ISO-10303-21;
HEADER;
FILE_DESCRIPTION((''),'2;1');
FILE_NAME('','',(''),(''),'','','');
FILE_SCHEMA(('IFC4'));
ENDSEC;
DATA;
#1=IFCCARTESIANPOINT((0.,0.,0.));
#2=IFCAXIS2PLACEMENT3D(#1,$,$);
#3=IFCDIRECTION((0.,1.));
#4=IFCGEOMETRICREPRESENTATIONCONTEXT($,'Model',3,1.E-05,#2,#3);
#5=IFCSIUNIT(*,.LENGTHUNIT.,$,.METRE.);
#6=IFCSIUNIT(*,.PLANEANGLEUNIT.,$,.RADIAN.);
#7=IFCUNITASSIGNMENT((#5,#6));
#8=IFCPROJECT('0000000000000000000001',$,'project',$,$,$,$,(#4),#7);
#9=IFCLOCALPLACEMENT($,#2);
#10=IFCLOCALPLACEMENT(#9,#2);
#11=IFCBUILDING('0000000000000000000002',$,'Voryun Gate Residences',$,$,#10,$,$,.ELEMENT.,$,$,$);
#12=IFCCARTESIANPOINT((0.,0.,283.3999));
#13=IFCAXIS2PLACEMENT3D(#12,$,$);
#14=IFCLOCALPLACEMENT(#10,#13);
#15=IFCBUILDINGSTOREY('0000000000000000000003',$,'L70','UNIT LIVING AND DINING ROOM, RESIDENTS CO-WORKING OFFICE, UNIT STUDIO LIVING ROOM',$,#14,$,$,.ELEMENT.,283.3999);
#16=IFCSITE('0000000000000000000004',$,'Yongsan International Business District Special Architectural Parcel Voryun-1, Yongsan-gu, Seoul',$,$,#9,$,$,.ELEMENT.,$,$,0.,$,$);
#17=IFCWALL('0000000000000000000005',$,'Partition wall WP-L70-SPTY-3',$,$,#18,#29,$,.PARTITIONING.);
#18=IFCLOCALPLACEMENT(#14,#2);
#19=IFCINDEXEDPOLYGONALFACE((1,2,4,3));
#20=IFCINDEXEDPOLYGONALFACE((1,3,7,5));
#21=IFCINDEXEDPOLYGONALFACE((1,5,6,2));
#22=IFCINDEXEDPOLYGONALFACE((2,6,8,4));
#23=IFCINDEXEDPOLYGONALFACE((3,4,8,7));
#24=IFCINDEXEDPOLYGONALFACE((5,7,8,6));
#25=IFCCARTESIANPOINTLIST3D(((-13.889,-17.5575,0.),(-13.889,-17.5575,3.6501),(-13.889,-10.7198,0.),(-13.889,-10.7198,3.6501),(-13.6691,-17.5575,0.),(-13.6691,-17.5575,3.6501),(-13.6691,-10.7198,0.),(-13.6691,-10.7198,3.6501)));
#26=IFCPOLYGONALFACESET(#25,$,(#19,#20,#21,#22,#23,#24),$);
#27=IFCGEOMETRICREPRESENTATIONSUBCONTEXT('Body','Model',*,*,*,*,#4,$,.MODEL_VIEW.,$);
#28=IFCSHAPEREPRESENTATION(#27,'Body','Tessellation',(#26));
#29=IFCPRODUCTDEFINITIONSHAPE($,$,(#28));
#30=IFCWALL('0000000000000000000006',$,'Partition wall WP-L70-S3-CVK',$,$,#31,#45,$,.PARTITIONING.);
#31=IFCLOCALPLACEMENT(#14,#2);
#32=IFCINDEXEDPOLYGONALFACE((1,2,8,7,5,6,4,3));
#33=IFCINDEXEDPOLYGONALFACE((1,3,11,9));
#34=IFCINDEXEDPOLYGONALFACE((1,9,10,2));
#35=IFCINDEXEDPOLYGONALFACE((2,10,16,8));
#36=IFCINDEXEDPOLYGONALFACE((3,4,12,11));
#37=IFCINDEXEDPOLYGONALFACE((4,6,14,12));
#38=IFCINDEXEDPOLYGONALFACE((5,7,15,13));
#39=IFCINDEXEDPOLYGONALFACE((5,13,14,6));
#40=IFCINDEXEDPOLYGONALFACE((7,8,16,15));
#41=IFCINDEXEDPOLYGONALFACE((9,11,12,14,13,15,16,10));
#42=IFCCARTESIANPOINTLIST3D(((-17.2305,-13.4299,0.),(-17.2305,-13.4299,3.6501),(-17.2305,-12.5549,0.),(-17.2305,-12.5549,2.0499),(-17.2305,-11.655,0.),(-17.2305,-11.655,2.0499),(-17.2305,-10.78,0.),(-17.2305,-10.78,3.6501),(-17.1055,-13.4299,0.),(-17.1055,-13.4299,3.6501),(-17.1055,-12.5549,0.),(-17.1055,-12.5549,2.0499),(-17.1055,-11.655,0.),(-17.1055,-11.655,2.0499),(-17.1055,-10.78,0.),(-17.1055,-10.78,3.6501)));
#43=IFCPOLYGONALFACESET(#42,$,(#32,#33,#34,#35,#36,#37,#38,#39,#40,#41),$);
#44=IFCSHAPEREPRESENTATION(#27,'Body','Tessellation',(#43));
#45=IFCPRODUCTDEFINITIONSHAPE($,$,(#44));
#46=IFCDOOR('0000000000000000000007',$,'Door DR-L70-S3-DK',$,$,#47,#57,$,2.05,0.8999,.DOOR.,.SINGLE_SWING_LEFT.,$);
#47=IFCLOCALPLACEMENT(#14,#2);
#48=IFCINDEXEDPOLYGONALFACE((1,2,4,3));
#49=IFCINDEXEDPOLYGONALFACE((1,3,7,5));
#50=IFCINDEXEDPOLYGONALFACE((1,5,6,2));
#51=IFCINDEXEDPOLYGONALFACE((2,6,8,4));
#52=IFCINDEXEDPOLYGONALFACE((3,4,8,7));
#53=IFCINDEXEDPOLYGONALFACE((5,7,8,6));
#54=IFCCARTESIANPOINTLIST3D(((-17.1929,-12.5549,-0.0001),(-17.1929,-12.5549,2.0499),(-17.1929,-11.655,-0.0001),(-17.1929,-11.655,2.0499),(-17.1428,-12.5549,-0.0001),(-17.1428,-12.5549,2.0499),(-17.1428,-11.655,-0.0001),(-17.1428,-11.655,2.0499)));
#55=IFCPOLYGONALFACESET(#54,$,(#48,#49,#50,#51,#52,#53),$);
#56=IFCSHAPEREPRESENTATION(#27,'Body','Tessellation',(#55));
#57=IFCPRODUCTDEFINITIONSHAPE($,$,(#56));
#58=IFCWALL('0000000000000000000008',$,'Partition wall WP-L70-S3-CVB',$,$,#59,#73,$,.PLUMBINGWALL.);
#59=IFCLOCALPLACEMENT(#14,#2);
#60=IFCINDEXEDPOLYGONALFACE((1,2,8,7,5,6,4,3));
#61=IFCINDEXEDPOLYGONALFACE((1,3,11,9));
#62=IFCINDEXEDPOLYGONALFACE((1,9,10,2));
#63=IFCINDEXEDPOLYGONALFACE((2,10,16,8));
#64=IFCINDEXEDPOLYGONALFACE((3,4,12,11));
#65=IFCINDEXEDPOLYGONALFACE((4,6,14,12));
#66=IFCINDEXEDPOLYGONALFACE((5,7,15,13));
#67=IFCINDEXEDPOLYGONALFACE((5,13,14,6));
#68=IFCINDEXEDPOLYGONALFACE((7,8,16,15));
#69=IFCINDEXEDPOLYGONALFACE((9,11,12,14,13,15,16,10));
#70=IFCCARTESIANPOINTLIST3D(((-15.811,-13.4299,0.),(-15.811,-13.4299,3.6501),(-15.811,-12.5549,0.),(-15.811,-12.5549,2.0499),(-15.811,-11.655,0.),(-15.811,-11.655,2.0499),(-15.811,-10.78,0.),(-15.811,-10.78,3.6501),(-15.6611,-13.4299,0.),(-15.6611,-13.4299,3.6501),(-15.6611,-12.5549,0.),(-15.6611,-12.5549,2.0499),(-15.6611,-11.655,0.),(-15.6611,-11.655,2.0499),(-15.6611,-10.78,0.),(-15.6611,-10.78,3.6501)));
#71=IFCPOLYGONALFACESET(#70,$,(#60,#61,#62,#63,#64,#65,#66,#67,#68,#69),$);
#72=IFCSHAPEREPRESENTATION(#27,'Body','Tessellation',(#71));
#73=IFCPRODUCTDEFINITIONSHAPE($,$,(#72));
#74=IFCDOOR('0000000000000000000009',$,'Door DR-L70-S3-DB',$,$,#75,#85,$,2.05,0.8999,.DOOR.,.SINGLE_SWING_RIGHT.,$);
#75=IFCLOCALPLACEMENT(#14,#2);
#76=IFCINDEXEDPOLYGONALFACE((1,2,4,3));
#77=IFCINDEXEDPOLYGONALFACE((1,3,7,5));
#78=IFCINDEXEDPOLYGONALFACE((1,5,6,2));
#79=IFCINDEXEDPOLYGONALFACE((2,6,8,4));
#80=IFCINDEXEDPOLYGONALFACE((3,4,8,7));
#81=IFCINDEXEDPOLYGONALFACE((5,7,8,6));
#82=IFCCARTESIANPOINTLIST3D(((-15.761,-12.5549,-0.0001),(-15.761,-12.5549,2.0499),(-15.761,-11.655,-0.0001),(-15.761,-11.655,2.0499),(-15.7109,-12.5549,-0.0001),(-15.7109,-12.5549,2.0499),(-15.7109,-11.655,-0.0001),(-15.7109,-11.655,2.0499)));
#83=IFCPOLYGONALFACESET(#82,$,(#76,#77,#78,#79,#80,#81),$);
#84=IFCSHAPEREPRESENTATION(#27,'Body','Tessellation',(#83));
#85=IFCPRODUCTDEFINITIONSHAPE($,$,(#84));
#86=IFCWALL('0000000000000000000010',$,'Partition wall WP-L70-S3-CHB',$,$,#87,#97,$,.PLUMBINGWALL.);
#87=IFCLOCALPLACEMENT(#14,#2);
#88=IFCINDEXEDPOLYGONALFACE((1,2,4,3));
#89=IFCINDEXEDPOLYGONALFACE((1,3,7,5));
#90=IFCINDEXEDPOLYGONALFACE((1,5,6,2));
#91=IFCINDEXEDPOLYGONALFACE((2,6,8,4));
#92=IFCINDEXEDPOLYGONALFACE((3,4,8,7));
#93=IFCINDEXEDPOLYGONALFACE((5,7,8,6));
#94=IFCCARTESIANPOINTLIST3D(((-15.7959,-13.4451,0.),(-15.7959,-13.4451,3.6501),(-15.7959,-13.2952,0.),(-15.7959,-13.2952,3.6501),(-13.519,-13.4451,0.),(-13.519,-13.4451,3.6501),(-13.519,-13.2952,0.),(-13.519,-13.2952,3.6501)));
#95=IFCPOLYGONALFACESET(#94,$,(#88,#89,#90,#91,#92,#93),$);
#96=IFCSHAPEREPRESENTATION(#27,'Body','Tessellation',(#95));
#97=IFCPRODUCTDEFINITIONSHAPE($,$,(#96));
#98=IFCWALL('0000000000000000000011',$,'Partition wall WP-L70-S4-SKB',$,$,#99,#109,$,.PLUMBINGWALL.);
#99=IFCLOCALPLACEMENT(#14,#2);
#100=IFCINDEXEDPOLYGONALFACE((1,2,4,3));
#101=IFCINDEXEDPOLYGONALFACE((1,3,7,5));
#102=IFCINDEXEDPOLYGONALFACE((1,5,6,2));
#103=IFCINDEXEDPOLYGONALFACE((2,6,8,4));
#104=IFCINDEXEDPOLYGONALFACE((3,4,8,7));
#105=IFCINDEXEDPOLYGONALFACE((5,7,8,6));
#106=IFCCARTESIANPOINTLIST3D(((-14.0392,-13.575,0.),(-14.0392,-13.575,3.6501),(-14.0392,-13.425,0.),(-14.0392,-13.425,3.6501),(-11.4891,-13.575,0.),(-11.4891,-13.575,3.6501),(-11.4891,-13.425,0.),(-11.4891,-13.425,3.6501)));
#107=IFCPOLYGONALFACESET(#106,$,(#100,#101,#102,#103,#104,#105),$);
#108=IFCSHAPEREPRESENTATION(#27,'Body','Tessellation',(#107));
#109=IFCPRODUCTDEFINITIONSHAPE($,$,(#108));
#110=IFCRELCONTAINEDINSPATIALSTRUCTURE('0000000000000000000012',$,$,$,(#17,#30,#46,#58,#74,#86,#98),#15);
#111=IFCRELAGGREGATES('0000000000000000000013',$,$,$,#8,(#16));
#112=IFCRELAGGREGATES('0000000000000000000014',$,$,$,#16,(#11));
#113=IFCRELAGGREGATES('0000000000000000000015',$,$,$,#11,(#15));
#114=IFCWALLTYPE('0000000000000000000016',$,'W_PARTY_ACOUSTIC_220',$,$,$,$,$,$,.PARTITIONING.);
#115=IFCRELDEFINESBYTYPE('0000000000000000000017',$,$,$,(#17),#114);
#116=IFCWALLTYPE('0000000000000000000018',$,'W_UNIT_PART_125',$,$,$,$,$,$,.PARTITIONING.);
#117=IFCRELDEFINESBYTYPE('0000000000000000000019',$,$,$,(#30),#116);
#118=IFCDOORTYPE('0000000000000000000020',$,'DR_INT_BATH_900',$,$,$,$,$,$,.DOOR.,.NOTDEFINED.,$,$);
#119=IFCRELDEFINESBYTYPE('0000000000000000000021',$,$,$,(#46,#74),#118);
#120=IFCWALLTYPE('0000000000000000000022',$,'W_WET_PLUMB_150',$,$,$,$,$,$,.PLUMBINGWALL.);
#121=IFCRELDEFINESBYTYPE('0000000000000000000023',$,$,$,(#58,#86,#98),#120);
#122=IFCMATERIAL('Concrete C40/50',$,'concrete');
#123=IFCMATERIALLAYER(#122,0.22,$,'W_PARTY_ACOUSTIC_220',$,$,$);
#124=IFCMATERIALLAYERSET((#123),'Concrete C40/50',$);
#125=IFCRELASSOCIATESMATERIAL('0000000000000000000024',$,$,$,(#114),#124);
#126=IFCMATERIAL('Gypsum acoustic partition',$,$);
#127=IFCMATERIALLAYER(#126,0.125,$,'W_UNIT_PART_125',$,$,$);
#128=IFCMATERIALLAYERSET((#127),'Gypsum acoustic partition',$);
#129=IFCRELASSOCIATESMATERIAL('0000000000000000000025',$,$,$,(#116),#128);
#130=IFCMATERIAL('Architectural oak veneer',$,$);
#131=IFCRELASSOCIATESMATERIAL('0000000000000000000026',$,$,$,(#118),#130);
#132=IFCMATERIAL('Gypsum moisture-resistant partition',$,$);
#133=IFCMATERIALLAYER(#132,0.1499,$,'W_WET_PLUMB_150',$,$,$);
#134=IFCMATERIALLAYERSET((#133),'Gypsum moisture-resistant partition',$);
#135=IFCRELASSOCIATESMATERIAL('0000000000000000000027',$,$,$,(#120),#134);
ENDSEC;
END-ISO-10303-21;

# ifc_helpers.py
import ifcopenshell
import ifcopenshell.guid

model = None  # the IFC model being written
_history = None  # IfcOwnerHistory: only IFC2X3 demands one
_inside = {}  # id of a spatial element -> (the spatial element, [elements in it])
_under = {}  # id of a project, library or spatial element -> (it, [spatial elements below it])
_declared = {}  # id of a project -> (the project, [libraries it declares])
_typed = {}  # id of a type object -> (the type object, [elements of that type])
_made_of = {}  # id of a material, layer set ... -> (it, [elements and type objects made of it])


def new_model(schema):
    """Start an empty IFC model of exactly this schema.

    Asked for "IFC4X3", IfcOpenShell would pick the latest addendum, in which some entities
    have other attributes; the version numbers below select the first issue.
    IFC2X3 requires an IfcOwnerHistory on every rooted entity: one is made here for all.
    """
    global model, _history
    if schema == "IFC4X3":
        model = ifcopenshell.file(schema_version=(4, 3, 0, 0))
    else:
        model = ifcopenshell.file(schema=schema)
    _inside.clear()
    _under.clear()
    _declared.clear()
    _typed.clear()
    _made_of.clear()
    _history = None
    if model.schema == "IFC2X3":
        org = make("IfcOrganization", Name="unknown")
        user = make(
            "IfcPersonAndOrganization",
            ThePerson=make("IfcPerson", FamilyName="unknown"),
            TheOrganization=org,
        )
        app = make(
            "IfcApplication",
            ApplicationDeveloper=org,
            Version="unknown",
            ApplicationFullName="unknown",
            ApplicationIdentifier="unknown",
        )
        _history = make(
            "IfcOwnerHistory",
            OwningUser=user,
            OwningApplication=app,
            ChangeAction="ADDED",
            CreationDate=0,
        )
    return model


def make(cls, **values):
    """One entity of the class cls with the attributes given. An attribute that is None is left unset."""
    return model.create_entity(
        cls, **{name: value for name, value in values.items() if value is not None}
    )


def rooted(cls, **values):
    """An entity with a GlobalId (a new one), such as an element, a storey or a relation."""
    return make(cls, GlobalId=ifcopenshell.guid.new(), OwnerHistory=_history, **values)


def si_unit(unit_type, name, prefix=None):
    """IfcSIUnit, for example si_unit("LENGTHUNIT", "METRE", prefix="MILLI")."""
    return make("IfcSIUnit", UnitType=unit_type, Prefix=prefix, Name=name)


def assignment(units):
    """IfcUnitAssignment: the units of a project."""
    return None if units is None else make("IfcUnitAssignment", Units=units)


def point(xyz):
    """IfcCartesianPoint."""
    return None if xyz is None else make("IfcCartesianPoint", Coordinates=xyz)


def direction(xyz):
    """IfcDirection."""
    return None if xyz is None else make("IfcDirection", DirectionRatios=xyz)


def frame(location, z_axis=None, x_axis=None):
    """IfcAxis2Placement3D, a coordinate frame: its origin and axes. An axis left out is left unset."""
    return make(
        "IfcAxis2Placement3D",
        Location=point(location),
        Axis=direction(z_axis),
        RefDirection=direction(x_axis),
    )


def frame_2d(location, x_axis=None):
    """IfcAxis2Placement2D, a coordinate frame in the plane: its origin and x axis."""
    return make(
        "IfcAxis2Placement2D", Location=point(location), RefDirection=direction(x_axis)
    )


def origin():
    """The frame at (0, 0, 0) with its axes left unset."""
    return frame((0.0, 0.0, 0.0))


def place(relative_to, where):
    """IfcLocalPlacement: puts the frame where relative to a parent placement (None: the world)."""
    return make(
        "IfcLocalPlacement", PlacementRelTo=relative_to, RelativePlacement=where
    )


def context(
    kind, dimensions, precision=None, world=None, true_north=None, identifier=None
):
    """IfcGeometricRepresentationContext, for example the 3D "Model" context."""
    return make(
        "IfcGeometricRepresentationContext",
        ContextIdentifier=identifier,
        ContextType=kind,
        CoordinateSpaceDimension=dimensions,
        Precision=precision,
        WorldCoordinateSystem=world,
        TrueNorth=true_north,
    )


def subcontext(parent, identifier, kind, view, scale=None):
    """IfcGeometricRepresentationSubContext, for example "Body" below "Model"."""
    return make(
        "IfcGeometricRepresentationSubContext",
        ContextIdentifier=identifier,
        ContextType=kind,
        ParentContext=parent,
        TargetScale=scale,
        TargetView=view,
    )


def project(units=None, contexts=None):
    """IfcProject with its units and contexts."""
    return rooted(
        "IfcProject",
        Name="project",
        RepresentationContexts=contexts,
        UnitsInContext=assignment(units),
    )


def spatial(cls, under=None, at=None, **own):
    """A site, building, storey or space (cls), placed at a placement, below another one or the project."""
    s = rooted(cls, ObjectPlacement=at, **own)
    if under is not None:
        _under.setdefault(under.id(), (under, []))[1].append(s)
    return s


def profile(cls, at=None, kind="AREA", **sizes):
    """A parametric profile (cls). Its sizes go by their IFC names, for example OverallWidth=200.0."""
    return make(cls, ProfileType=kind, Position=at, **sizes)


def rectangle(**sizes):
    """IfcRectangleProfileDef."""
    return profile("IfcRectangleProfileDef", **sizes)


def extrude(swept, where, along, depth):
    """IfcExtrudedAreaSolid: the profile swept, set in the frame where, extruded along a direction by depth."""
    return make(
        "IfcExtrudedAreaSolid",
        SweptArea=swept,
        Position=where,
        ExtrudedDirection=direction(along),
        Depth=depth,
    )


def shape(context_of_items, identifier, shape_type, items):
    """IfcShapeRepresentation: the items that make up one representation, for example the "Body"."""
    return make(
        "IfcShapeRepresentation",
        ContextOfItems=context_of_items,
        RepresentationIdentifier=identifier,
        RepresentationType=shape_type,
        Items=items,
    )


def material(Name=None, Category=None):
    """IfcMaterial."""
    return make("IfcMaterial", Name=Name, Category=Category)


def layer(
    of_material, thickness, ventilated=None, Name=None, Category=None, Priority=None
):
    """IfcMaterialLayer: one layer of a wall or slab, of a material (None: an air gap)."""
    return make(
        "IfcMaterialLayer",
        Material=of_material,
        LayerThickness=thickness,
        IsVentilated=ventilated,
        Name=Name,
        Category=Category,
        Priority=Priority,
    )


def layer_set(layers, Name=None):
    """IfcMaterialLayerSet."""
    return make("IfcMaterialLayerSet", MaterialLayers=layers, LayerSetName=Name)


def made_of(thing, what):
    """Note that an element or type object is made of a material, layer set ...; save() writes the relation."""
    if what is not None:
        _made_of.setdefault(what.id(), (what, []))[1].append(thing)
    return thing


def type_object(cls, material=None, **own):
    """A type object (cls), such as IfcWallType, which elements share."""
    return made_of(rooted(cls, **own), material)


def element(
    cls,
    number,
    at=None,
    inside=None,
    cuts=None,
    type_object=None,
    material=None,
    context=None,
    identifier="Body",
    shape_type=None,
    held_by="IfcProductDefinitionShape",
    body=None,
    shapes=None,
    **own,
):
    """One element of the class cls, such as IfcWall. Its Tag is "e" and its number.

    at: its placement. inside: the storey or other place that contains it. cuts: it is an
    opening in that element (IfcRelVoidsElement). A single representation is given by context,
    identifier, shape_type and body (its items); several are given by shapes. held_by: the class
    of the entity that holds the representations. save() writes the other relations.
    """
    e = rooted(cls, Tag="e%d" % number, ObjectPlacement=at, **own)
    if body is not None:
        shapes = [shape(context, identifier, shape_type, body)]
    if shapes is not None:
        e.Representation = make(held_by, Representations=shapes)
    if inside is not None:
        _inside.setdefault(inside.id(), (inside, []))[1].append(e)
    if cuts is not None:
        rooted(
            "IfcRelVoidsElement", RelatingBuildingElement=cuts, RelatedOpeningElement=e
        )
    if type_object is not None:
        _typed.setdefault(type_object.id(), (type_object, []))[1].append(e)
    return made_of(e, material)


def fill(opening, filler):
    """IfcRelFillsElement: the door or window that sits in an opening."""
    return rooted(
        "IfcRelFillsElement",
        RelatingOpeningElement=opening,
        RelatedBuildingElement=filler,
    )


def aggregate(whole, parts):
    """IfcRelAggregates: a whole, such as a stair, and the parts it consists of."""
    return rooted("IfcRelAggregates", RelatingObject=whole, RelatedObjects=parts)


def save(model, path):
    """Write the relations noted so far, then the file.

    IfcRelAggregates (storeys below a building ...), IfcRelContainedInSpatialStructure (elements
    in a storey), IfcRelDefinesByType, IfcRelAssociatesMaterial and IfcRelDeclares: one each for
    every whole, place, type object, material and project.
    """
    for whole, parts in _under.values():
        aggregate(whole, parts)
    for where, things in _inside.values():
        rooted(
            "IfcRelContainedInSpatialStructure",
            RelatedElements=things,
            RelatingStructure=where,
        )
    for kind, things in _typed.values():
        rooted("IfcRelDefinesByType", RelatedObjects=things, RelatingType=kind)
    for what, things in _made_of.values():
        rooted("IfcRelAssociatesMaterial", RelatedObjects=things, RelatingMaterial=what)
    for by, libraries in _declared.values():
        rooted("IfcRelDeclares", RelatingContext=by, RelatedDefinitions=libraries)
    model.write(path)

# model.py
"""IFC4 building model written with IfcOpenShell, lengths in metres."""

from ifc_helpers import new_model, si_unit, direction, frame, frame_2d, origin, place, context, subcontext, project, spatial, rectangle, extrude, material, layer, layer_set, type_object, element, fill, save


model = new_model("IFC4")

# Units and contexts
model_context = context("Model", 3, precision=1e-05, world=origin(), true_north=direction((0.0, 1.0)))
body_context = subcontext(model_context, "Body", "Model", "MODEL_VIEW")
ifc_project = project(units=[si_unit("LENGTHUNIT", "METRE"), si_unit("PLANEANGLEUNIT", "RADIAN")], contexts=[model_context])

# Site, building, storey
site_placement = place(None, origin())
site = spatial("IfcSite", under=ifc_project, at=site_placement, Name="Yongsan International Business District Special Architectural Parcel Voryun-1, Yongsan-gu, Seoul", CompositionType="ELEMENT", RefElevation=0.0)
building_placement = place(site_placement, origin())
building = spatial("IfcBuilding", under=site, at=building_placement, Name="Voryun Gate Residences", CompositionType="ELEMENT")
storey_placement = place(building_placement, frame((0.0, 0.0, 283.3999)))
storey = spatial("IfcBuildingStorey", under=building, at=storey_placement, Name="L70", Description="UNIT LIVING AND DINING ROOM, RESIDENTS CO-WORKING OFFICE, UNIT STUDIO LIVING ROOM", CompositionType="ELEMENT", Elevation=283.3999)

# Wall
ifc_material_1 = material(Name="Concrete C40/50", Category="concrete")
ifc_layer_1 = layer(ifc_material_1, 0.22, Name="W_PARTY_ACOUSTIC_220")
ifc_layer_set_1 = layer_set([ifc_layer_1], Name="Concrete C40/50")
wall_type_1 = type_object("IfcWallType", Name="W_PARTY_ACOUSTIC_220", PredefinedType="PARTITIONING", material=ifc_layer_set_1)
wall_1_placement = place(storey_placement, frame((-13.7791, -17.5576, 0.0), z_axis=(0.0, 0.0, 1.0), x_axis=(0.0, 1.0, 0.0)))
element("IfcWall", 1, at=wall_1_placement, inside=storey, type_object=wall_type_1, Name="Partition wall WP-L70-SPTY-3", PredefinedType="PARTITIONING", context=body_context, shape_type="SweptSolid", body=[
    extrude(rectangle(XDim=6.8376, YDim=0.22, at=frame_2d((3.4189, 0.0))), origin(), (0.0, 0.0, 1.0), 3.6501),
])

# Walls, openings, doors
ifc_material_2 = material(Name="Gypsum acoustic partition")
ifc_layer_2 = layer(ifc_material_2, 0.125, Name="W_UNIT_PART_125")
ifc_layer_set_2 = layer_set([ifc_layer_2], Name="Gypsum acoustic partition")
wall_type_2 = type_object("IfcWallType", Name="W_UNIT_PART_125", PredefinedType="PARTITIONING", material=ifc_layer_set_2)
wall_2_placement = place(storey_placement, frame((-17.168, -13.4299, 0.0), z_axis=(0.0, 0.0, 1.0), x_axis=(0.0, 1.0, 0.0)))
wall_2 = element("IfcWall", 2, at=wall_2_placement, inside=storey, type_object=wall_type_2, Name="Partition wall WP-L70-S3-CVK", PredefinedType="PARTITIONING", context=body_context, shape_type="SweptSolid", body=[
    extrude(rectangle(XDim=2.6499, YDim=0.125, at=frame_2d((1.325, 0.0))), origin(), (0.0, 0.0, 1.0), 3.6501),
])
opening_1_placement = place(wall_2_placement, frame((0.875, 0.0, 0.0)))
opening_1 = element("IfcOpeningElement", 3, at=opening_1_placement, cuts=wall_2, PredefinedType="OPENING", context=body_context, shape_type="SweptSolid", body=[
    extrude(rectangle(XDim=0.8999, YDim=2.05, at=frame_2d((0.45, 1.0249))), frame((0.0, 0.0725, 0.0), z_axis=(0.0, -1.0, 0.0), x_axis=(1.0, 0.0, 0.0)), (0.0, 0.0, 1.0), 0.145),
])
ifc_material_3 = material(Name="Architectural oak veneer")
door_type_1 = type_object("IfcDoorType", Name="DR_INT_BATH_900", OperationType="NOTDEFINED", PredefinedType="DOOR", material=ifc_material_3)
door_1_placement = place(opening_1_placement, origin())
door_1 = element("IfcDoor", 4, at=door_1_placement, inside=storey, type_object=door_type_1, Name="Door DR-L70-S3-DK", OperationType="SINGLE_SWING_LEFT", OverallHeight=2.05, OverallWidth=0.8999, PredefinedType="DOOR", context=body_context, shape_type="SweptSolid", body=[
    extrude(rectangle(XDim=0.8999, YDim=2.05, at=frame_2d((0.45, 1.0249))), frame((0.0, 0.0249, 0.0), z_axis=(0.0, -1.0, 0.0), x_axis=(1.0, 0.0, 0.0)), (0.0, 0.0, 1.0), 0.05),
])
fill(opening_1, door_1)
ifc_material_4 = material(Name="Gypsum moisture-resistant partition")
ifc_layer_3 = layer(ifc_material_4, 0.1499, Name="W_WET_PLUMB_150")
ifc_layer_set_3 = layer_set([ifc_layer_3], Name="Gypsum moisture-resistant partition")
wall_type_3 = type_object("IfcWallType", Name="W_WET_PLUMB_150", PredefinedType="PLUMBINGWALL", material=ifc_layer_set_3)
wall_3_placement = place(storey_placement, frame((-15.7361, -13.4299, 0.0), z_axis=(0.0, 0.0, 1.0), x_axis=(0.0, 1.0, 0.0)))
wall_3 = element("IfcWall", 5, at=wall_3_placement, inside=storey, type_object=wall_type_3, Name="Partition wall WP-L70-S3-CVB", PredefinedType="PLUMBINGWALL", context=body_context, shape_type="SweptSolid", body=[
    extrude(rectangle(XDim=2.6499, YDim=0.1499, at=frame_2d((1.325, 0.0))), origin(), (0.0, 0.0, 1.0), 3.6501),
])
opening_2_placement = place(wall_3_placement, frame((0.875, 0.0, 0.0)))
opening_2 = element("IfcOpeningElement", 6, at=opening_2_placement, cuts=wall_3, PredefinedType="OPENING", context=body_context, shape_type="SweptSolid", body=[
    extrude(rectangle(XDim=0.8999, YDim=2.05, at=frame_2d((0.45, 1.0249))), frame((0.0, 0.085, 0.0), z_axis=(0.0, -1.0, 0.0), x_axis=(1.0, 0.0, 0.0)), (0.0, 0.0, 1.0), 0.1699),
])
door_2_placement = place(opening_2_placement, origin())
door_2 = element("IfcDoor", 7, at=door_2_placement, inside=storey, type_object=door_type_1, Name="Door DR-L70-S3-DB", OperationType="SINGLE_SWING_RIGHT", OverallHeight=2.05, OverallWidth=0.8999, PredefinedType="DOOR", context=body_context, shape_type="SweptSolid", body=[
    extrude(rectangle(XDim=0.8999, YDim=2.05, at=frame_2d((0.45, 1.0249))), frame((0.0, 0.0249, 0.0), z_axis=(0.0, -1.0, 0.0), x_axis=(1.0, 0.0, 0.0)), (0.0, 0.0, 1.0), 0.05),
])
fill(opening_2, door_2)

# Walls
wall_4_placement = place(storey_placement, frame((-15.7959, -13.3701, 0.0), z_axis=(0.0, 0.0, 1.0), x_axis=(1.0, 0.0, 0.0)))
element("IfcWall", 8, at=wall_4_placement, inside=storey, type_object=wall_type_3, Name="Partition wall WP-L70-S3-CHB", PredefinedType="PLUMBINGWALL", context=body_context, shape_type="SweptSolid", body=[
    extrude(rectangle(XDim=2.2769, YDim=0.1499, at=frame_2d((1.1384, 0.0))), origin(), (0.0, 0.0, 1.0), 3.6501),
])
wall_5_placement = place(storey_placement, frame((-14.0391, -13.5, 0.0), z_axis=(0.0, 0.0, 1.0), x_axis=(1.0, 0.0, 0.0)))
element("IfcWall", 9, at=wall_5_placement, inside=storey, type_object=wall_type_3, Name="Partition wall WP-L70-S4-SKB", PredefinedType="PLUMBINGWALL", context=body_context, shape_type="SweptSolid", body=[
    extrude(rectangle(XDim=2.55, YDim=0.1499, at=frame_2d((1.2749, 0.0))), origin(), (0.0, 0.0, 1.0), 3.6501),
])

save(model, "model.ifc")
